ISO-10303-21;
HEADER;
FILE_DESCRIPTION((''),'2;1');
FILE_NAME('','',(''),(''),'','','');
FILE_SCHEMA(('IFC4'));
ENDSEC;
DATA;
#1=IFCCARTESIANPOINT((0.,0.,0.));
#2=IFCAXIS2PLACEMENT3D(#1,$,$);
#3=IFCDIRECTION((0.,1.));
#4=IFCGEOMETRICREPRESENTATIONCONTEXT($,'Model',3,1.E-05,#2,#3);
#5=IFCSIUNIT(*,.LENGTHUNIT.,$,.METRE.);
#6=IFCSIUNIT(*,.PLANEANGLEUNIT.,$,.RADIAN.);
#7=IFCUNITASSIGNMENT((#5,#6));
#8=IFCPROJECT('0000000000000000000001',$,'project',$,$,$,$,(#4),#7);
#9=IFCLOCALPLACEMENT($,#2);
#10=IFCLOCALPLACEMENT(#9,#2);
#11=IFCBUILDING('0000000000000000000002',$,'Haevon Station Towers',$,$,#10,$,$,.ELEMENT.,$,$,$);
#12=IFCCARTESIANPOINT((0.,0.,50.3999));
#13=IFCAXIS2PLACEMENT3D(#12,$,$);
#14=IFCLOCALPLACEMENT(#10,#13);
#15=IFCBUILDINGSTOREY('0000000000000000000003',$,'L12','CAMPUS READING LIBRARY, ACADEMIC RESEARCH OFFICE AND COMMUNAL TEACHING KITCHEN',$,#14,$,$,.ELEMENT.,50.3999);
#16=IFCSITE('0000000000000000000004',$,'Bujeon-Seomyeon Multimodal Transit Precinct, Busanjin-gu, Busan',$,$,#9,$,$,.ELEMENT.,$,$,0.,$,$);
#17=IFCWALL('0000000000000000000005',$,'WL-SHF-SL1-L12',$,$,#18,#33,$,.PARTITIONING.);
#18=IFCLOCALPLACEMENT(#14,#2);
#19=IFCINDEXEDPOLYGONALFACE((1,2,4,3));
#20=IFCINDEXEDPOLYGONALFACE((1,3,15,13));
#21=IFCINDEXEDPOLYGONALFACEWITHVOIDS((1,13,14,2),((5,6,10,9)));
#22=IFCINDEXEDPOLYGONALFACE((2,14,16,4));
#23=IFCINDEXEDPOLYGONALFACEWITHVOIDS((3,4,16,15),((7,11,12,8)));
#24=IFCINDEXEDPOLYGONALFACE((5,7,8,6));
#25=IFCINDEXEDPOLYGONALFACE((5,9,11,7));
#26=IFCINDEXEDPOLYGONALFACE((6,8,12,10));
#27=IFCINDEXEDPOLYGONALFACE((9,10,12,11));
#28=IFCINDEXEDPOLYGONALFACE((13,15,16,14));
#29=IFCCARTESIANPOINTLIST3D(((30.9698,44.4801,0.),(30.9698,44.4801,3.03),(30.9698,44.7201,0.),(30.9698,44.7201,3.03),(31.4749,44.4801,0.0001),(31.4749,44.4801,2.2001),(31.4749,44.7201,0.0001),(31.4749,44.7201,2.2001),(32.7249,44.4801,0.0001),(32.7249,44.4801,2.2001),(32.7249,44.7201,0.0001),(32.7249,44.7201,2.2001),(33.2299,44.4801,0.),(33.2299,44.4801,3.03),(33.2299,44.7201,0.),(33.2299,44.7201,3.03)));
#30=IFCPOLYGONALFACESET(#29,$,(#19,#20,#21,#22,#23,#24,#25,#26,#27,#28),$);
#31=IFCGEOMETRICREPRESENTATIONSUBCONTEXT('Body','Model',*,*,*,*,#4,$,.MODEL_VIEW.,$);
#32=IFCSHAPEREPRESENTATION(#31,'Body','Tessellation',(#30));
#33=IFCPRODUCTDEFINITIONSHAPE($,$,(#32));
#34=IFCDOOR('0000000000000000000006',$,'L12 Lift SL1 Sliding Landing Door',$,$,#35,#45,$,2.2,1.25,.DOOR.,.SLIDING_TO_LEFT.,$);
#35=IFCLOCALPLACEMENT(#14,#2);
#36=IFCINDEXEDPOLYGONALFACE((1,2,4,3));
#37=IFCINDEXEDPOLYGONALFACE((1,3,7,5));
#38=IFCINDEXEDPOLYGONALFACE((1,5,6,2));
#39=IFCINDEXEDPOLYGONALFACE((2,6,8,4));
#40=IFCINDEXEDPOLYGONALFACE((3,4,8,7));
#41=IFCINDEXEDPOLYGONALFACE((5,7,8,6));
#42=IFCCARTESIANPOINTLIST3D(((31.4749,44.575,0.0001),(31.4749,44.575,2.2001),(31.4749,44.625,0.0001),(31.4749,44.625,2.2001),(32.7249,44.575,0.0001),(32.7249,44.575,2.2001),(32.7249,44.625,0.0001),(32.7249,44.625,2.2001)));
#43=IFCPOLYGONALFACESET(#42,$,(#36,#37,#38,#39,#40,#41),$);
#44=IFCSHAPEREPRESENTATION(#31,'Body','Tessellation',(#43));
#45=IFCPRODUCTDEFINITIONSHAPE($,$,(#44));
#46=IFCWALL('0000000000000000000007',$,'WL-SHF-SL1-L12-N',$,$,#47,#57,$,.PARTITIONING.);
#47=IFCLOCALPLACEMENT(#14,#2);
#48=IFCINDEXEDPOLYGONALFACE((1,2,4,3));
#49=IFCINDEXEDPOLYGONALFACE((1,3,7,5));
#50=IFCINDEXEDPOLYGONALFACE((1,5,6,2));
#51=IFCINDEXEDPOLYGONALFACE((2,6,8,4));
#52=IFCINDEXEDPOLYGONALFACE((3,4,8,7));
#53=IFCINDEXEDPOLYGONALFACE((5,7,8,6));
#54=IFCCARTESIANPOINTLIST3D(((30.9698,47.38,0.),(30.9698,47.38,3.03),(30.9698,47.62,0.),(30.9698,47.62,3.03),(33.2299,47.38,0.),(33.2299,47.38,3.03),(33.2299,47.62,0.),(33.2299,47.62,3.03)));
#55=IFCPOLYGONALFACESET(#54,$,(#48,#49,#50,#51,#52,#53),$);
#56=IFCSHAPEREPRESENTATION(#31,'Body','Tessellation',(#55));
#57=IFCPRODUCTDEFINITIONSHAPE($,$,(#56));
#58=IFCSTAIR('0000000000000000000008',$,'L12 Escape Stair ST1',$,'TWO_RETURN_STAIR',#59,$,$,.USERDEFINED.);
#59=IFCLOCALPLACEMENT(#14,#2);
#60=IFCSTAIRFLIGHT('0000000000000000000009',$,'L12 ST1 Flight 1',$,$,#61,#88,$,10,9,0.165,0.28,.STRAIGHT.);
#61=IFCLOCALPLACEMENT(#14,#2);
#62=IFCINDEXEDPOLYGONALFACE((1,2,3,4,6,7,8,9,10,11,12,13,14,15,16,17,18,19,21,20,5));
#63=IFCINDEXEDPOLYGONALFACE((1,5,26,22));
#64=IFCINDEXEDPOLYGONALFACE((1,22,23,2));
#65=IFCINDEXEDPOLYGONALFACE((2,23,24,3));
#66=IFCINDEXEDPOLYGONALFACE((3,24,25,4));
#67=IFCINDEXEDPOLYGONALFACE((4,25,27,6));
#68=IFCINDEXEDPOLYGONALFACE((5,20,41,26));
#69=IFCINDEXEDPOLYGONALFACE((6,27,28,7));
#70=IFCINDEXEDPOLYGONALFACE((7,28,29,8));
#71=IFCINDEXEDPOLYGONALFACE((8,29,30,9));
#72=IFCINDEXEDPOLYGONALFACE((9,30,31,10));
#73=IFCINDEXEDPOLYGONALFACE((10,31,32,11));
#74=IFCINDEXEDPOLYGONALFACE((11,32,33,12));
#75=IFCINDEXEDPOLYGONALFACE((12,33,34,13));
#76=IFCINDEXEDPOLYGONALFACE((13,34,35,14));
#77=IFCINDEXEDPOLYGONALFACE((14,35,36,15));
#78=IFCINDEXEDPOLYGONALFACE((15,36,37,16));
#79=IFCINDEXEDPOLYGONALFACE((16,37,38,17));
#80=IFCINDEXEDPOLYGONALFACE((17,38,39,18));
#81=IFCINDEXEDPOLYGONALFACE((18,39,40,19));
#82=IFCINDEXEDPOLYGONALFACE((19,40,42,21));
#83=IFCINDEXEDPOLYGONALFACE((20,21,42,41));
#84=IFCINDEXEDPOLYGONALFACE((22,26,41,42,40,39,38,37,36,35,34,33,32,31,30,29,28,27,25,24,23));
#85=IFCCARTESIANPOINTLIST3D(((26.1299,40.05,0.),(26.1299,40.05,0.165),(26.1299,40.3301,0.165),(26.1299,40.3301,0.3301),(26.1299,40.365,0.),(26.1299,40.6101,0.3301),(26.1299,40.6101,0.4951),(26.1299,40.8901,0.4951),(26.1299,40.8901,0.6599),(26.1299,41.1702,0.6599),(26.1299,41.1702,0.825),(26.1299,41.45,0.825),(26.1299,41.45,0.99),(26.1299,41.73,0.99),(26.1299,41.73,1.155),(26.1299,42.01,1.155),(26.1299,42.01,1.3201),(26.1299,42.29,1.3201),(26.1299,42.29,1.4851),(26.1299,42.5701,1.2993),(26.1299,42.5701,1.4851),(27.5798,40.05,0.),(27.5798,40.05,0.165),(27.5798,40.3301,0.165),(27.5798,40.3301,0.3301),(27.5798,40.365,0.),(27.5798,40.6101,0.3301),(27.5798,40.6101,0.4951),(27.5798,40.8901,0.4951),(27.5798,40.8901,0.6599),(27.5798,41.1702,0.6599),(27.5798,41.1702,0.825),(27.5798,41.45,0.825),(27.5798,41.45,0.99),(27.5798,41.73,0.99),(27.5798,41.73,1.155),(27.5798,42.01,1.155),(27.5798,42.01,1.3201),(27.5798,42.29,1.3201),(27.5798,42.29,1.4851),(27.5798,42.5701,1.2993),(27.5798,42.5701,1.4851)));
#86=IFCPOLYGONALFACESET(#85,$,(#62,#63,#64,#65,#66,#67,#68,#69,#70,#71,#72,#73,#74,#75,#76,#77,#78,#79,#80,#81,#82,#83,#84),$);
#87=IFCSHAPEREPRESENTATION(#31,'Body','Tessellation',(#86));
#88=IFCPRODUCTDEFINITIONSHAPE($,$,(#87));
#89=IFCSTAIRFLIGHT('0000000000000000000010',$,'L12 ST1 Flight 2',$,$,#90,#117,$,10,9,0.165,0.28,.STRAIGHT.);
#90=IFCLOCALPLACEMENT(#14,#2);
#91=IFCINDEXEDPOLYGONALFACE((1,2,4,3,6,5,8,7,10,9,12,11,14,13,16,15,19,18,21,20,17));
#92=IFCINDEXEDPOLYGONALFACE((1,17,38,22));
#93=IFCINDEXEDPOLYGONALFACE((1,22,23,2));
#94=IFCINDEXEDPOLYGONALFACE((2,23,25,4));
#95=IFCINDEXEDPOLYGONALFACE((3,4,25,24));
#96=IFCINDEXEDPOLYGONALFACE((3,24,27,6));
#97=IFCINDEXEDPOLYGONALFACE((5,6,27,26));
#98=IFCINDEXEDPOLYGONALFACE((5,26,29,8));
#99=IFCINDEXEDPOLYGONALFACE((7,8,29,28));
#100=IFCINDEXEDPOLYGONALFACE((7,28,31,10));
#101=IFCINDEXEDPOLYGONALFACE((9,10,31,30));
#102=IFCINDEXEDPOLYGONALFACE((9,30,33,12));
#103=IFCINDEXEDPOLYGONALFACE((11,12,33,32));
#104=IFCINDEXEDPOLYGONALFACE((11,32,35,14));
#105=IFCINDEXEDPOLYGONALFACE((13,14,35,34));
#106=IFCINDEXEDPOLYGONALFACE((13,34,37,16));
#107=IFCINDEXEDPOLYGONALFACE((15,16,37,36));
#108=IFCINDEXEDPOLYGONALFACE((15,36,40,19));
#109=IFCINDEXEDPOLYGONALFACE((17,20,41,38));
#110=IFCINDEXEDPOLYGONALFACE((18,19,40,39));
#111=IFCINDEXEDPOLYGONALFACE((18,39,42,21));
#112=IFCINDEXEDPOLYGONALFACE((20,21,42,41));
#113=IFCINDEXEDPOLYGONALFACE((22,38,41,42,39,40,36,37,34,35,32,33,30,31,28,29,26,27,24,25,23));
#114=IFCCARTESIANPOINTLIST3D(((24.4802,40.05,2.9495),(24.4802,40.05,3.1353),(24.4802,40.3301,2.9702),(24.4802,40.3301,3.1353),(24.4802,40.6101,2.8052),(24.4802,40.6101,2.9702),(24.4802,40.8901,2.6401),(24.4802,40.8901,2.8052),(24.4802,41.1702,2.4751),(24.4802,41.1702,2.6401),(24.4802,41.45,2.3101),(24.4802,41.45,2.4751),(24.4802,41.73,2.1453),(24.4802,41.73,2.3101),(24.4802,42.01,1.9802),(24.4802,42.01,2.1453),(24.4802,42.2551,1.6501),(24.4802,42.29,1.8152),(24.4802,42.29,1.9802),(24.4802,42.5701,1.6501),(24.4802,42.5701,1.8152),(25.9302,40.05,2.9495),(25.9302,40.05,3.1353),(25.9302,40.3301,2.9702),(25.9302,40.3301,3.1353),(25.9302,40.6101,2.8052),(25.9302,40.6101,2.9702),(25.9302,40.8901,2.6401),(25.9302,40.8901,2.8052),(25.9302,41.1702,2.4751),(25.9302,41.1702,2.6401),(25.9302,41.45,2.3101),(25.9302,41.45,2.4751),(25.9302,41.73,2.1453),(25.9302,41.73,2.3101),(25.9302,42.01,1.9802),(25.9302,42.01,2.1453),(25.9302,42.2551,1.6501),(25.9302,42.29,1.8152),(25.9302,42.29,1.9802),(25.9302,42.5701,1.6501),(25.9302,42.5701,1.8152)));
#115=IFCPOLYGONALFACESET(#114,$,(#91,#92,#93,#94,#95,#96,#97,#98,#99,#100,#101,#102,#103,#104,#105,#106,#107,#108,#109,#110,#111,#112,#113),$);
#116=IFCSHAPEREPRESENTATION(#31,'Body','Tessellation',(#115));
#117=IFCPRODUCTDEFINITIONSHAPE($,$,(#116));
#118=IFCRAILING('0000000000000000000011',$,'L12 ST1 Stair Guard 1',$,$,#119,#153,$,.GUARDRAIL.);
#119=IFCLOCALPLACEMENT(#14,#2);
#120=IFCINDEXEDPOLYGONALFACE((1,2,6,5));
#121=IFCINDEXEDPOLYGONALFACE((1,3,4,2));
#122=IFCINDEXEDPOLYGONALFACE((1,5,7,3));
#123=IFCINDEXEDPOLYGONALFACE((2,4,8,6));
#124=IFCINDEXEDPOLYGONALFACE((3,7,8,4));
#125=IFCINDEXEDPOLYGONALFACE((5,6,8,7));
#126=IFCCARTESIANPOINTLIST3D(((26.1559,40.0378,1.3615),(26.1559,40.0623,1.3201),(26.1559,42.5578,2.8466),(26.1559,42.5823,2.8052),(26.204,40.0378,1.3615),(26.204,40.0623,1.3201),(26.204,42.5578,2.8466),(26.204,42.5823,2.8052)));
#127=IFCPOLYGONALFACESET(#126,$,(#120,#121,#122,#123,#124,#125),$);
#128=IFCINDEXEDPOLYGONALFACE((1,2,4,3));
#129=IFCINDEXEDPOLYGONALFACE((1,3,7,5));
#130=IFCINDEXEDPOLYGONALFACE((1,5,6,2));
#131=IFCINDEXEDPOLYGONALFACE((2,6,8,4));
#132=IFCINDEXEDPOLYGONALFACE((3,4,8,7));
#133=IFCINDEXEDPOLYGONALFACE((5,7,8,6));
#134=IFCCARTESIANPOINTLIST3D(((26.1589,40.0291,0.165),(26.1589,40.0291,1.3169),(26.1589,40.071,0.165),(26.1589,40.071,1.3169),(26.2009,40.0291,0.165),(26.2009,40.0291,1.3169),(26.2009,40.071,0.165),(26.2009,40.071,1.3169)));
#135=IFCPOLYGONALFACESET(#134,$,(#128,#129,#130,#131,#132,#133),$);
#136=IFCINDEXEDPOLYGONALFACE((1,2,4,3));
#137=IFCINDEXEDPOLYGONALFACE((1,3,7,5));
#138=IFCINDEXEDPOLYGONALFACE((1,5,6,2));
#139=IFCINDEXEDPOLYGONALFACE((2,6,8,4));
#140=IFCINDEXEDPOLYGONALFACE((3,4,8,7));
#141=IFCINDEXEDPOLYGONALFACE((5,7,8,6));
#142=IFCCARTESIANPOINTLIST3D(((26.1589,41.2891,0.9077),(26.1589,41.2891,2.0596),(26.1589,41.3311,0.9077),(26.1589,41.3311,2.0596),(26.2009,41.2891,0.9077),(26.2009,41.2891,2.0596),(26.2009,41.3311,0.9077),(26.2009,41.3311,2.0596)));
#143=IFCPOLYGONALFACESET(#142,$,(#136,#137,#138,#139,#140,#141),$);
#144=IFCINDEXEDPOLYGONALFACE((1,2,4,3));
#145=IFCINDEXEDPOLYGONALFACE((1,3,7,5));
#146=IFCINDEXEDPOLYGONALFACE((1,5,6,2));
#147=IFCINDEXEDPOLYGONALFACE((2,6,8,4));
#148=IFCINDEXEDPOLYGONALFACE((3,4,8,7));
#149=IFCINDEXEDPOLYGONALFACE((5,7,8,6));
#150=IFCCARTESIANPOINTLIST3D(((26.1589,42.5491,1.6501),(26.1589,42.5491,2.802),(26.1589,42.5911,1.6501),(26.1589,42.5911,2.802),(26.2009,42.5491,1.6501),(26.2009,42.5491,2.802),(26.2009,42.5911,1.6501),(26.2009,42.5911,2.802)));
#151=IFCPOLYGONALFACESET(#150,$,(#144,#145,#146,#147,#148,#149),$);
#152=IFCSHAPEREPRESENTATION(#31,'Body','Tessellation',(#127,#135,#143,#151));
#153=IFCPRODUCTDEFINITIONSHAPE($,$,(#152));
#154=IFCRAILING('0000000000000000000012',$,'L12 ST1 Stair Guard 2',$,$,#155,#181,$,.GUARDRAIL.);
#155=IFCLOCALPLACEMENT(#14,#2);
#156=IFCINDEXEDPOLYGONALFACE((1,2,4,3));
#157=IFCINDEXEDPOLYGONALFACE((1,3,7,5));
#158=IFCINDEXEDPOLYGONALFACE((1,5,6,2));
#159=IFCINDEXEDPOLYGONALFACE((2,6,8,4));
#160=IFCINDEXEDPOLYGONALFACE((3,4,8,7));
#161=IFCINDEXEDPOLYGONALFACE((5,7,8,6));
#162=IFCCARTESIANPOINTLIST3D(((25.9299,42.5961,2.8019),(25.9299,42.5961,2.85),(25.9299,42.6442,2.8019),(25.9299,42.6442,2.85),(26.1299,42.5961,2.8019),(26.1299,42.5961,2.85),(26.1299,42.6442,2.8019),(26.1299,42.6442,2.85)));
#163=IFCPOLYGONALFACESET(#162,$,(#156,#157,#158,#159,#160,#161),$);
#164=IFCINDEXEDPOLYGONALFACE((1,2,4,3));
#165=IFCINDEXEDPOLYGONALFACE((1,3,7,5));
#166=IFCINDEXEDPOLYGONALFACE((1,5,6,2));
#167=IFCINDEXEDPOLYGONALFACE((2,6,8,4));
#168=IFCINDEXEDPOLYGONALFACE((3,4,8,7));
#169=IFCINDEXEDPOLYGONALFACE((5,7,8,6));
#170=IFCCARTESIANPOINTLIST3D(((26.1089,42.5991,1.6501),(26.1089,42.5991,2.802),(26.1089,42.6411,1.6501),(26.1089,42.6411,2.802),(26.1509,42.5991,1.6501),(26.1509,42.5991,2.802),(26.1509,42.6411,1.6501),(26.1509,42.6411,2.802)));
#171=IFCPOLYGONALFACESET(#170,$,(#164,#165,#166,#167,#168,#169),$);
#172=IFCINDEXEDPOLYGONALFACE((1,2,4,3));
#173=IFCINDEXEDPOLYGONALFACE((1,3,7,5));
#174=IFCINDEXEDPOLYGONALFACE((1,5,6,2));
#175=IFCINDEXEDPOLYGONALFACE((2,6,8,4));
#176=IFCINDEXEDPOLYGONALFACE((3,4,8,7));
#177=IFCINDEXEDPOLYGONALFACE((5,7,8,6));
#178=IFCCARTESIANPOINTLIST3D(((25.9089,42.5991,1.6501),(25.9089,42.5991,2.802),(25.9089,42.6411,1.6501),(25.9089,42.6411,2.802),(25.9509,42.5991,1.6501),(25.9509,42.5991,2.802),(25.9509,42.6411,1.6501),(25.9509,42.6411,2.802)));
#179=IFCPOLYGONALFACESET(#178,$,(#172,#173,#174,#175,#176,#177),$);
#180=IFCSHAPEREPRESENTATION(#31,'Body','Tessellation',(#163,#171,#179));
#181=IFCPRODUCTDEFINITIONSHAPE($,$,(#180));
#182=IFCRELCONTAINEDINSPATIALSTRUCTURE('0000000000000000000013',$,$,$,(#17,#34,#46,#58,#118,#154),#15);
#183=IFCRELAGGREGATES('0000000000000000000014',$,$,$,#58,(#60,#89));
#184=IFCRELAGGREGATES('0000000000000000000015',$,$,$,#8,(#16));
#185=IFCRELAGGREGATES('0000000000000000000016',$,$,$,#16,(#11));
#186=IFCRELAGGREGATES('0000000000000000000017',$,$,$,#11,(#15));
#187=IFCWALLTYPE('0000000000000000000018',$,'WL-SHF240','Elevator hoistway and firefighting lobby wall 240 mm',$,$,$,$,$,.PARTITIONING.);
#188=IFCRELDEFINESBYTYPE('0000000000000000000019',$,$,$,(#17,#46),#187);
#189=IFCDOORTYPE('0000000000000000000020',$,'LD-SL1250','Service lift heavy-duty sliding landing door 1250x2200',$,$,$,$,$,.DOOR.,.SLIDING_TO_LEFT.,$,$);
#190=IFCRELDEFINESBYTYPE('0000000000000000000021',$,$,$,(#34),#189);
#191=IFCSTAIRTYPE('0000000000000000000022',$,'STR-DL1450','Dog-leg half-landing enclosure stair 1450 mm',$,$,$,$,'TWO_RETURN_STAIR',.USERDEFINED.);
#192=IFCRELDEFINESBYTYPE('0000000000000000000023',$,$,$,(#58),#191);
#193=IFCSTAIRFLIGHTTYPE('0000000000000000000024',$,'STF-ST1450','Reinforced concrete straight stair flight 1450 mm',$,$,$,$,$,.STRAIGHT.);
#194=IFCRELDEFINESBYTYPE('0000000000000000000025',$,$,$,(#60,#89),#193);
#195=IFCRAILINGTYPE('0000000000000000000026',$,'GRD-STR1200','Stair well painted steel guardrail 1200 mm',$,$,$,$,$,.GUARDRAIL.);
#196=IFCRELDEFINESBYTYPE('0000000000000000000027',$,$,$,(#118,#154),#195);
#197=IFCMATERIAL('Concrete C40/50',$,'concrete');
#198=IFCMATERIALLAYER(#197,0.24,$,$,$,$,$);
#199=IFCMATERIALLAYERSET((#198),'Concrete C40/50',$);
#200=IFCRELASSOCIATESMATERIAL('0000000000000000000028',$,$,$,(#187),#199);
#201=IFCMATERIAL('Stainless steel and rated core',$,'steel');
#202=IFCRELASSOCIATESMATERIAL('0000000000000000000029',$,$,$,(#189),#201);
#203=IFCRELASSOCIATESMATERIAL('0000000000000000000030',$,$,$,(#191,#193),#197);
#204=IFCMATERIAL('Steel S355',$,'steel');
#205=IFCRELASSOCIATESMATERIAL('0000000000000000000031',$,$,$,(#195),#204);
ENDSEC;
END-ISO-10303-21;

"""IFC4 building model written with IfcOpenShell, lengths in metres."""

from ifc_helpers import new_model, si_unit, direction, frame, frame_2d, origin, origin_2d, place, context, subcontext, project, spatial, polyline, rectangle, outline, extrude, material, layer, layer_set, type_object, element, fill, aggregate, save


model = new_model("IFC4")

# Units and contexts
model_context = context("Model", 3, precision=1e-05, world=origin(), true_north=direction((0.0, 1.0)))
body_context = subcontext(model_context, "Body", "Model", "MODEL_VIEW")
ifc_project = project(units=[si_unit("LENGTHUNIT", "METRE"), si_unit("PLANEANGLEUNIT", "RADIAN")], contexts=[model_context])

# Site, building, storey
site_placement = place(None, origin())
site = spatial("IfcSite", under=ifc_project, at=site_placement, Name="Bujeon-Seomyeon Multimodal Transit Precinct, Busanjin-gu, Busan", CompositionType="ELEMENT", RefElevation=0.0)
building_placement = place(site_placement, origin())
building = spatial("IfcBuilding", under=site, at=building_placement, Name="Haevon Station Towers", CompositionType="ELEMENT")
storey_placement = place(building_placement, frame((0.0, 0.0, 50.3999)))
storey = spatial("IfcBuildingStorey", under=building, at=storey_placement, Name="L12", Description="CAMPUS READING LIBRARY, ACADEMIC RESEARCH OFFICE AND COMMUNAL TEACHING KITCHEN", CompositionType="ELEMENT", Elevation=50.3999)

# Shared definitions
ifc_material_1 = material(Name="Steel S355", Category="steel")

# Shared definitions
ifc_material_2 = material(Name="Concrete C40/50", Category="concrete")
ifc_layer_1 = layer(ifc_material_2, 0.24)
ifc_layer_set_1 = layer_set([ifc_layer_1], Name="Concrete C40/50")
wall_type_1 = type_object("IfcWallType", Name="WL-SHF240", Description="Elevator hoistway and firefighting lobby wall 240 mm", PredefinedType="PARTITIONING", material=ifc_layer_set_1)
ifc_material_3 = material(Name="Stainless steel and rated core", Category="steel")

# Wall, opening, door
wall_1_placement = place(storey_placement, frame((30.97, 44.6001, 0.0), z_axis=(0.0, 0.0, 1.0), x_axis=(1.0, 0.0, 0.0)))
wall_1 = element("IfcWall", 1, at=wall_1_placement, inside=storey, type_object=wall_type_1, Name="WL-SHF-SL1-L12", PredefinedType="PARTITIONING", context=body_context, shape_type="SweptSolid", body=[
    extrude(rectangle(XDim=2.26, YDim=0.24, at=frame_2d((1.1299, 0.0))), origin(), (0.0, 0.0, 1.0), 3.03),
])
opening_1_placement = place(wall_1_placement, frame((0.5049, 0.0, 0.0)))
opening_1 = element("IfcOpeningElement", 2, at=opening_1_placement, cuts=wall_1, PredefinedType="OPENING", context=body_context, shape_type="SweptSolid", body=[
    extrude(rectangle(XDim=1.25, YDim=2.2, at=frame_2d((0.625, 1.1001))), frame((0.0, 0.1299, 0.0), z_axis=(0.0, -1.0, 0.0), x_axis=(1.0, 0.0, 0.0)), (0.0, 0.0, 1.0), 0.26),
])
door_type_1 = type_object("IfcDoorType", Name="LD-SL1250", Description="Service lift heavy-duty sliding landing door 1250x2200", OperationType="SLIDING_TO_LEFT", PredefinedType="DOOR", material=ifc_material_3)
door_1_placement = place(opening_1_placement, origin())
door_1 = element("IfcDoor", 3, at=door_1_placement, inside=storey, type_object=door_type_1, Name="L12 Lift SL1 Sliding Landing Door", OperationType="SLIDING_TO_LEFT", OverallHeight=2.2, OverallWidth=1.25, PredefinedType="DOOR", context=body_context, shape_type="SweptSolid", body=[
    extrude(rectangle(XDim=1.25, YDim=2.2, at=frame_2d((0.625, 1.1001))), frame((0.0, 0.0249, 0.0), z_axis=(0.0, -1.0, 0.0), x_axis=(1.0, 0.0, 0.0)), (0.0, 0.0, 1.0), 0.05),
])
fill(opening_1, door_1)

# Wall
wall_2_placement = place(storey_placement, frame((30.97, 47.5, 0.0), z_axis=(0.0, 0.0, 1.0), x_axis=(1.0, 0.0, 0.0)))
element("IfcWall", 4, at=wall_2_placement, inside=storey, type_object=wall_type_1, Name="WL-SHF-SL1-L12-N", PredefinedType="PARTITIONING", context=body_context, shape_type="SweptSolid", body=[
    extrude(rectangle(XDim=2.26, YDim=0.24, at=frame_2d((1.1299, 0.0))), origin(), (0.0, 0.0, 1.0), 3.03),
])

# Stair, stair flights
stair_type = type_object("IfcStairType", Name="STR-DL1450", Description="Dog-leg half-landing enclosure stair 1450 mm", ElementType="TWO_RETURN_STAIR", PredefinedType="USERDEFINED", material=ifc_material_2)
stair_placement = place(storey_placement, origin())
stair = element("IfcStair", 5, at=stair_placement, inside=storey, type_object=stair_type, Name="L12 Escape Stair ST1", ObjectType="TWO_RETURN_STAIR", PredefinedType="USERDEFINED")
stair_flight_type = type_object("IfcStairFlightType", Name="STF-ST1450", Description="Reinforced concrete straight stair flight 1450 mm", PredefinedType="STRAIGHT", material=ifc_material_2)
stair_flight_1_placement = place(storey_placement, frame((26.855, 40.05, 0.0), z_axis=(0.0, 0.0, 1.0), x_axis=(0.0, 1.0, 0.0)))
stair_flight_1 = element("IfcStairFlight", 6, at=stair_flight_1_placement, type_object=stair_flight_type, Name="L12 ST1 Flight 1", NumberOfRisers=10, NumberOfTreads=9, PredefinedType="STRAIGHT", RiserHeight=0.165, TreadLength=0.28, context=body_context, shape_type="SweptSolid", body=[
    extrude(outline(polyline([(0.0, 0.0), (0.0, 0.165), (0.28, 0.165), (0.28, 0.3301), (0.5601, 0.3301), (0.5601, 0.4951), (0.8401, 0.4951), (0.8401, 0.6599), (1.1201, 0.6599), (1.1201, 0.825), (1.3999, 0.825), (1.3999, 0.99), (1.6799, 0.99), (1.6799, 1.155), (1.96, 1.155), (1.96, 1.3201), (2.24, 1.3201), (2.24, 1.4851), (2.52, 1.4851), (2.52, 1.6499), (2.52, 1.2993), (0.3149, 0.0), (0.0, 0.0)])), frame((0.0, 0.7251, 0.0), z_axis=(0.0, -1.0, 0.0), x_axis=(1.0, 0.0, 0.0)), (0.0, 0.0, 1.0), 1.45),
])
stair_flight_2_placement = place(storey_placement, frame((25.2051, 42.5701, 1.6501), z_axis=(0.0, 0.0, 1.0), x_axis=(0.0, -1.0, 0.0)))
stair_flight_2 = element("IfcStairFlight", 7, at=stair_flight_2_placement, type_object=stair_flight_type, Name="L12 ST1 Flight 2", NumberOfRisers=10, NumberOfTreads=9, PredefinedType="STRAIGHT", RiserHeight=0.165, TreadLength=0.28, context=body_context, shape_type="SweptSolid", body=[
    extrude(outline(polyline([(0.0, 0.0), (0.0, 0.165), (0.28, 0.165), (0.28, 0.3301), (0.5601, 0.3301), (0.5601, 0.4951), (0.8401, 0.4951), (0.8401, 0.6599), (1.1201, 0.6599), (1.1201, 0.825), (1.3999, 0.825), (1.3999, 0.99), (1.6799, 0.99), (1.6799, 1.155), (1.96, 1.155), (1.96, 1.3201), (2.24, 1.3201), (2.24, 1.4851), (2.52, 1.4851), (2.52, 1.6499), (2.52, 1.2993), (0.3149, 0.0), (0.0, 0.0)])), frame((0.0, 0.7251, 0.0), z_axis=(0.0, -1.0, 0.0), x_axis=(1.0, 0.0, 0.0)), (0.0, 0.0, 1.0), 1.45),
])
aggregate(stair, [stair_flight_1, stair_flight_2])

# Railings
railing_type_1 = type_object("IfcRailingType", Name="GRD-STR1200", Description="Stair well painted steel guardrail 1200 mm", PredefinedType="GUARDRAIL", material=ifc_material_1)
railing_1_placement = place(storey_placement, frame((26.1799, 40.05, 0.165)))
element("IfcRailing", 8, at=railing_1_placement, inside=storey, type_object=railing_type_1, Name="L12 ST1 Stair Guard 1", PredefinedType="GUARDRAIL", context=body_context, shape_type="SweptSolid", body=[
    extrude(rectangle(XDim=0.0481, YDim=0.0481, at=origin_2d()), frame((0.0, 0.0, 1.1758), z_axis=(0.0, 0.861524, 0.507717), x_axis=(-1.0, 0.0, 0.0)), (0.0, 0.0, 1.0), 2.925),
    extrude(rectangle(XDim=0.042, YDim=0.042, at=origin_2d()), origin(), (0.0, 0.0, 1.0), 1.1519),
    extrude(rectangle(XDim=0.042, YDim=0.042, at=origin_2d()), frame((0.0, 1.26, 0.7427)), (0.0, 0.0, 1.0), 1.1519),
    extrude(rectangle(XDim=0.042, YDim=0.042, at=origin_2d()), frame((0.0, 2.52, 1.4851)), (0.0, 0.0, 1.0), 1.1519),
])
railing_2_placement = place(storey_placement, frame((26.1299, 42.6201, 1.6501)))
element("IfcRailing", 9, at=railing_2_placement, inside=storey, type_object=railing_type_1, Name="L12 ST1 Stair Guard 2", PredefinedType="GUARDRAIL", context=body_context, shape_type="SweptSolid", body=[
    extrude(rectangle(XDim=0.0481, YDim=0.0481, at=origin_2d()), frame((0.0, 0.0, 1.1758), z_axis=(-1.0, 0.0, 0.0), x_axis=(0.0, -1.0, 0.0)), (0.0, 0.0, 1.0), 0.2),
    extrude(rectangle(XDim=0.042, YDim=0.042, at=origin_2d()), origin(), (0.0, 0.0, 1.0), 1.1519),
    extrude(rectangle(XDim=0.042, YDim=0.042, at=origin_2d()), frame((-0.2, 0.0, 0.0)), (0.0, 0.0, 1.0), 1.1519),
])

save(model, "model.ifc")
